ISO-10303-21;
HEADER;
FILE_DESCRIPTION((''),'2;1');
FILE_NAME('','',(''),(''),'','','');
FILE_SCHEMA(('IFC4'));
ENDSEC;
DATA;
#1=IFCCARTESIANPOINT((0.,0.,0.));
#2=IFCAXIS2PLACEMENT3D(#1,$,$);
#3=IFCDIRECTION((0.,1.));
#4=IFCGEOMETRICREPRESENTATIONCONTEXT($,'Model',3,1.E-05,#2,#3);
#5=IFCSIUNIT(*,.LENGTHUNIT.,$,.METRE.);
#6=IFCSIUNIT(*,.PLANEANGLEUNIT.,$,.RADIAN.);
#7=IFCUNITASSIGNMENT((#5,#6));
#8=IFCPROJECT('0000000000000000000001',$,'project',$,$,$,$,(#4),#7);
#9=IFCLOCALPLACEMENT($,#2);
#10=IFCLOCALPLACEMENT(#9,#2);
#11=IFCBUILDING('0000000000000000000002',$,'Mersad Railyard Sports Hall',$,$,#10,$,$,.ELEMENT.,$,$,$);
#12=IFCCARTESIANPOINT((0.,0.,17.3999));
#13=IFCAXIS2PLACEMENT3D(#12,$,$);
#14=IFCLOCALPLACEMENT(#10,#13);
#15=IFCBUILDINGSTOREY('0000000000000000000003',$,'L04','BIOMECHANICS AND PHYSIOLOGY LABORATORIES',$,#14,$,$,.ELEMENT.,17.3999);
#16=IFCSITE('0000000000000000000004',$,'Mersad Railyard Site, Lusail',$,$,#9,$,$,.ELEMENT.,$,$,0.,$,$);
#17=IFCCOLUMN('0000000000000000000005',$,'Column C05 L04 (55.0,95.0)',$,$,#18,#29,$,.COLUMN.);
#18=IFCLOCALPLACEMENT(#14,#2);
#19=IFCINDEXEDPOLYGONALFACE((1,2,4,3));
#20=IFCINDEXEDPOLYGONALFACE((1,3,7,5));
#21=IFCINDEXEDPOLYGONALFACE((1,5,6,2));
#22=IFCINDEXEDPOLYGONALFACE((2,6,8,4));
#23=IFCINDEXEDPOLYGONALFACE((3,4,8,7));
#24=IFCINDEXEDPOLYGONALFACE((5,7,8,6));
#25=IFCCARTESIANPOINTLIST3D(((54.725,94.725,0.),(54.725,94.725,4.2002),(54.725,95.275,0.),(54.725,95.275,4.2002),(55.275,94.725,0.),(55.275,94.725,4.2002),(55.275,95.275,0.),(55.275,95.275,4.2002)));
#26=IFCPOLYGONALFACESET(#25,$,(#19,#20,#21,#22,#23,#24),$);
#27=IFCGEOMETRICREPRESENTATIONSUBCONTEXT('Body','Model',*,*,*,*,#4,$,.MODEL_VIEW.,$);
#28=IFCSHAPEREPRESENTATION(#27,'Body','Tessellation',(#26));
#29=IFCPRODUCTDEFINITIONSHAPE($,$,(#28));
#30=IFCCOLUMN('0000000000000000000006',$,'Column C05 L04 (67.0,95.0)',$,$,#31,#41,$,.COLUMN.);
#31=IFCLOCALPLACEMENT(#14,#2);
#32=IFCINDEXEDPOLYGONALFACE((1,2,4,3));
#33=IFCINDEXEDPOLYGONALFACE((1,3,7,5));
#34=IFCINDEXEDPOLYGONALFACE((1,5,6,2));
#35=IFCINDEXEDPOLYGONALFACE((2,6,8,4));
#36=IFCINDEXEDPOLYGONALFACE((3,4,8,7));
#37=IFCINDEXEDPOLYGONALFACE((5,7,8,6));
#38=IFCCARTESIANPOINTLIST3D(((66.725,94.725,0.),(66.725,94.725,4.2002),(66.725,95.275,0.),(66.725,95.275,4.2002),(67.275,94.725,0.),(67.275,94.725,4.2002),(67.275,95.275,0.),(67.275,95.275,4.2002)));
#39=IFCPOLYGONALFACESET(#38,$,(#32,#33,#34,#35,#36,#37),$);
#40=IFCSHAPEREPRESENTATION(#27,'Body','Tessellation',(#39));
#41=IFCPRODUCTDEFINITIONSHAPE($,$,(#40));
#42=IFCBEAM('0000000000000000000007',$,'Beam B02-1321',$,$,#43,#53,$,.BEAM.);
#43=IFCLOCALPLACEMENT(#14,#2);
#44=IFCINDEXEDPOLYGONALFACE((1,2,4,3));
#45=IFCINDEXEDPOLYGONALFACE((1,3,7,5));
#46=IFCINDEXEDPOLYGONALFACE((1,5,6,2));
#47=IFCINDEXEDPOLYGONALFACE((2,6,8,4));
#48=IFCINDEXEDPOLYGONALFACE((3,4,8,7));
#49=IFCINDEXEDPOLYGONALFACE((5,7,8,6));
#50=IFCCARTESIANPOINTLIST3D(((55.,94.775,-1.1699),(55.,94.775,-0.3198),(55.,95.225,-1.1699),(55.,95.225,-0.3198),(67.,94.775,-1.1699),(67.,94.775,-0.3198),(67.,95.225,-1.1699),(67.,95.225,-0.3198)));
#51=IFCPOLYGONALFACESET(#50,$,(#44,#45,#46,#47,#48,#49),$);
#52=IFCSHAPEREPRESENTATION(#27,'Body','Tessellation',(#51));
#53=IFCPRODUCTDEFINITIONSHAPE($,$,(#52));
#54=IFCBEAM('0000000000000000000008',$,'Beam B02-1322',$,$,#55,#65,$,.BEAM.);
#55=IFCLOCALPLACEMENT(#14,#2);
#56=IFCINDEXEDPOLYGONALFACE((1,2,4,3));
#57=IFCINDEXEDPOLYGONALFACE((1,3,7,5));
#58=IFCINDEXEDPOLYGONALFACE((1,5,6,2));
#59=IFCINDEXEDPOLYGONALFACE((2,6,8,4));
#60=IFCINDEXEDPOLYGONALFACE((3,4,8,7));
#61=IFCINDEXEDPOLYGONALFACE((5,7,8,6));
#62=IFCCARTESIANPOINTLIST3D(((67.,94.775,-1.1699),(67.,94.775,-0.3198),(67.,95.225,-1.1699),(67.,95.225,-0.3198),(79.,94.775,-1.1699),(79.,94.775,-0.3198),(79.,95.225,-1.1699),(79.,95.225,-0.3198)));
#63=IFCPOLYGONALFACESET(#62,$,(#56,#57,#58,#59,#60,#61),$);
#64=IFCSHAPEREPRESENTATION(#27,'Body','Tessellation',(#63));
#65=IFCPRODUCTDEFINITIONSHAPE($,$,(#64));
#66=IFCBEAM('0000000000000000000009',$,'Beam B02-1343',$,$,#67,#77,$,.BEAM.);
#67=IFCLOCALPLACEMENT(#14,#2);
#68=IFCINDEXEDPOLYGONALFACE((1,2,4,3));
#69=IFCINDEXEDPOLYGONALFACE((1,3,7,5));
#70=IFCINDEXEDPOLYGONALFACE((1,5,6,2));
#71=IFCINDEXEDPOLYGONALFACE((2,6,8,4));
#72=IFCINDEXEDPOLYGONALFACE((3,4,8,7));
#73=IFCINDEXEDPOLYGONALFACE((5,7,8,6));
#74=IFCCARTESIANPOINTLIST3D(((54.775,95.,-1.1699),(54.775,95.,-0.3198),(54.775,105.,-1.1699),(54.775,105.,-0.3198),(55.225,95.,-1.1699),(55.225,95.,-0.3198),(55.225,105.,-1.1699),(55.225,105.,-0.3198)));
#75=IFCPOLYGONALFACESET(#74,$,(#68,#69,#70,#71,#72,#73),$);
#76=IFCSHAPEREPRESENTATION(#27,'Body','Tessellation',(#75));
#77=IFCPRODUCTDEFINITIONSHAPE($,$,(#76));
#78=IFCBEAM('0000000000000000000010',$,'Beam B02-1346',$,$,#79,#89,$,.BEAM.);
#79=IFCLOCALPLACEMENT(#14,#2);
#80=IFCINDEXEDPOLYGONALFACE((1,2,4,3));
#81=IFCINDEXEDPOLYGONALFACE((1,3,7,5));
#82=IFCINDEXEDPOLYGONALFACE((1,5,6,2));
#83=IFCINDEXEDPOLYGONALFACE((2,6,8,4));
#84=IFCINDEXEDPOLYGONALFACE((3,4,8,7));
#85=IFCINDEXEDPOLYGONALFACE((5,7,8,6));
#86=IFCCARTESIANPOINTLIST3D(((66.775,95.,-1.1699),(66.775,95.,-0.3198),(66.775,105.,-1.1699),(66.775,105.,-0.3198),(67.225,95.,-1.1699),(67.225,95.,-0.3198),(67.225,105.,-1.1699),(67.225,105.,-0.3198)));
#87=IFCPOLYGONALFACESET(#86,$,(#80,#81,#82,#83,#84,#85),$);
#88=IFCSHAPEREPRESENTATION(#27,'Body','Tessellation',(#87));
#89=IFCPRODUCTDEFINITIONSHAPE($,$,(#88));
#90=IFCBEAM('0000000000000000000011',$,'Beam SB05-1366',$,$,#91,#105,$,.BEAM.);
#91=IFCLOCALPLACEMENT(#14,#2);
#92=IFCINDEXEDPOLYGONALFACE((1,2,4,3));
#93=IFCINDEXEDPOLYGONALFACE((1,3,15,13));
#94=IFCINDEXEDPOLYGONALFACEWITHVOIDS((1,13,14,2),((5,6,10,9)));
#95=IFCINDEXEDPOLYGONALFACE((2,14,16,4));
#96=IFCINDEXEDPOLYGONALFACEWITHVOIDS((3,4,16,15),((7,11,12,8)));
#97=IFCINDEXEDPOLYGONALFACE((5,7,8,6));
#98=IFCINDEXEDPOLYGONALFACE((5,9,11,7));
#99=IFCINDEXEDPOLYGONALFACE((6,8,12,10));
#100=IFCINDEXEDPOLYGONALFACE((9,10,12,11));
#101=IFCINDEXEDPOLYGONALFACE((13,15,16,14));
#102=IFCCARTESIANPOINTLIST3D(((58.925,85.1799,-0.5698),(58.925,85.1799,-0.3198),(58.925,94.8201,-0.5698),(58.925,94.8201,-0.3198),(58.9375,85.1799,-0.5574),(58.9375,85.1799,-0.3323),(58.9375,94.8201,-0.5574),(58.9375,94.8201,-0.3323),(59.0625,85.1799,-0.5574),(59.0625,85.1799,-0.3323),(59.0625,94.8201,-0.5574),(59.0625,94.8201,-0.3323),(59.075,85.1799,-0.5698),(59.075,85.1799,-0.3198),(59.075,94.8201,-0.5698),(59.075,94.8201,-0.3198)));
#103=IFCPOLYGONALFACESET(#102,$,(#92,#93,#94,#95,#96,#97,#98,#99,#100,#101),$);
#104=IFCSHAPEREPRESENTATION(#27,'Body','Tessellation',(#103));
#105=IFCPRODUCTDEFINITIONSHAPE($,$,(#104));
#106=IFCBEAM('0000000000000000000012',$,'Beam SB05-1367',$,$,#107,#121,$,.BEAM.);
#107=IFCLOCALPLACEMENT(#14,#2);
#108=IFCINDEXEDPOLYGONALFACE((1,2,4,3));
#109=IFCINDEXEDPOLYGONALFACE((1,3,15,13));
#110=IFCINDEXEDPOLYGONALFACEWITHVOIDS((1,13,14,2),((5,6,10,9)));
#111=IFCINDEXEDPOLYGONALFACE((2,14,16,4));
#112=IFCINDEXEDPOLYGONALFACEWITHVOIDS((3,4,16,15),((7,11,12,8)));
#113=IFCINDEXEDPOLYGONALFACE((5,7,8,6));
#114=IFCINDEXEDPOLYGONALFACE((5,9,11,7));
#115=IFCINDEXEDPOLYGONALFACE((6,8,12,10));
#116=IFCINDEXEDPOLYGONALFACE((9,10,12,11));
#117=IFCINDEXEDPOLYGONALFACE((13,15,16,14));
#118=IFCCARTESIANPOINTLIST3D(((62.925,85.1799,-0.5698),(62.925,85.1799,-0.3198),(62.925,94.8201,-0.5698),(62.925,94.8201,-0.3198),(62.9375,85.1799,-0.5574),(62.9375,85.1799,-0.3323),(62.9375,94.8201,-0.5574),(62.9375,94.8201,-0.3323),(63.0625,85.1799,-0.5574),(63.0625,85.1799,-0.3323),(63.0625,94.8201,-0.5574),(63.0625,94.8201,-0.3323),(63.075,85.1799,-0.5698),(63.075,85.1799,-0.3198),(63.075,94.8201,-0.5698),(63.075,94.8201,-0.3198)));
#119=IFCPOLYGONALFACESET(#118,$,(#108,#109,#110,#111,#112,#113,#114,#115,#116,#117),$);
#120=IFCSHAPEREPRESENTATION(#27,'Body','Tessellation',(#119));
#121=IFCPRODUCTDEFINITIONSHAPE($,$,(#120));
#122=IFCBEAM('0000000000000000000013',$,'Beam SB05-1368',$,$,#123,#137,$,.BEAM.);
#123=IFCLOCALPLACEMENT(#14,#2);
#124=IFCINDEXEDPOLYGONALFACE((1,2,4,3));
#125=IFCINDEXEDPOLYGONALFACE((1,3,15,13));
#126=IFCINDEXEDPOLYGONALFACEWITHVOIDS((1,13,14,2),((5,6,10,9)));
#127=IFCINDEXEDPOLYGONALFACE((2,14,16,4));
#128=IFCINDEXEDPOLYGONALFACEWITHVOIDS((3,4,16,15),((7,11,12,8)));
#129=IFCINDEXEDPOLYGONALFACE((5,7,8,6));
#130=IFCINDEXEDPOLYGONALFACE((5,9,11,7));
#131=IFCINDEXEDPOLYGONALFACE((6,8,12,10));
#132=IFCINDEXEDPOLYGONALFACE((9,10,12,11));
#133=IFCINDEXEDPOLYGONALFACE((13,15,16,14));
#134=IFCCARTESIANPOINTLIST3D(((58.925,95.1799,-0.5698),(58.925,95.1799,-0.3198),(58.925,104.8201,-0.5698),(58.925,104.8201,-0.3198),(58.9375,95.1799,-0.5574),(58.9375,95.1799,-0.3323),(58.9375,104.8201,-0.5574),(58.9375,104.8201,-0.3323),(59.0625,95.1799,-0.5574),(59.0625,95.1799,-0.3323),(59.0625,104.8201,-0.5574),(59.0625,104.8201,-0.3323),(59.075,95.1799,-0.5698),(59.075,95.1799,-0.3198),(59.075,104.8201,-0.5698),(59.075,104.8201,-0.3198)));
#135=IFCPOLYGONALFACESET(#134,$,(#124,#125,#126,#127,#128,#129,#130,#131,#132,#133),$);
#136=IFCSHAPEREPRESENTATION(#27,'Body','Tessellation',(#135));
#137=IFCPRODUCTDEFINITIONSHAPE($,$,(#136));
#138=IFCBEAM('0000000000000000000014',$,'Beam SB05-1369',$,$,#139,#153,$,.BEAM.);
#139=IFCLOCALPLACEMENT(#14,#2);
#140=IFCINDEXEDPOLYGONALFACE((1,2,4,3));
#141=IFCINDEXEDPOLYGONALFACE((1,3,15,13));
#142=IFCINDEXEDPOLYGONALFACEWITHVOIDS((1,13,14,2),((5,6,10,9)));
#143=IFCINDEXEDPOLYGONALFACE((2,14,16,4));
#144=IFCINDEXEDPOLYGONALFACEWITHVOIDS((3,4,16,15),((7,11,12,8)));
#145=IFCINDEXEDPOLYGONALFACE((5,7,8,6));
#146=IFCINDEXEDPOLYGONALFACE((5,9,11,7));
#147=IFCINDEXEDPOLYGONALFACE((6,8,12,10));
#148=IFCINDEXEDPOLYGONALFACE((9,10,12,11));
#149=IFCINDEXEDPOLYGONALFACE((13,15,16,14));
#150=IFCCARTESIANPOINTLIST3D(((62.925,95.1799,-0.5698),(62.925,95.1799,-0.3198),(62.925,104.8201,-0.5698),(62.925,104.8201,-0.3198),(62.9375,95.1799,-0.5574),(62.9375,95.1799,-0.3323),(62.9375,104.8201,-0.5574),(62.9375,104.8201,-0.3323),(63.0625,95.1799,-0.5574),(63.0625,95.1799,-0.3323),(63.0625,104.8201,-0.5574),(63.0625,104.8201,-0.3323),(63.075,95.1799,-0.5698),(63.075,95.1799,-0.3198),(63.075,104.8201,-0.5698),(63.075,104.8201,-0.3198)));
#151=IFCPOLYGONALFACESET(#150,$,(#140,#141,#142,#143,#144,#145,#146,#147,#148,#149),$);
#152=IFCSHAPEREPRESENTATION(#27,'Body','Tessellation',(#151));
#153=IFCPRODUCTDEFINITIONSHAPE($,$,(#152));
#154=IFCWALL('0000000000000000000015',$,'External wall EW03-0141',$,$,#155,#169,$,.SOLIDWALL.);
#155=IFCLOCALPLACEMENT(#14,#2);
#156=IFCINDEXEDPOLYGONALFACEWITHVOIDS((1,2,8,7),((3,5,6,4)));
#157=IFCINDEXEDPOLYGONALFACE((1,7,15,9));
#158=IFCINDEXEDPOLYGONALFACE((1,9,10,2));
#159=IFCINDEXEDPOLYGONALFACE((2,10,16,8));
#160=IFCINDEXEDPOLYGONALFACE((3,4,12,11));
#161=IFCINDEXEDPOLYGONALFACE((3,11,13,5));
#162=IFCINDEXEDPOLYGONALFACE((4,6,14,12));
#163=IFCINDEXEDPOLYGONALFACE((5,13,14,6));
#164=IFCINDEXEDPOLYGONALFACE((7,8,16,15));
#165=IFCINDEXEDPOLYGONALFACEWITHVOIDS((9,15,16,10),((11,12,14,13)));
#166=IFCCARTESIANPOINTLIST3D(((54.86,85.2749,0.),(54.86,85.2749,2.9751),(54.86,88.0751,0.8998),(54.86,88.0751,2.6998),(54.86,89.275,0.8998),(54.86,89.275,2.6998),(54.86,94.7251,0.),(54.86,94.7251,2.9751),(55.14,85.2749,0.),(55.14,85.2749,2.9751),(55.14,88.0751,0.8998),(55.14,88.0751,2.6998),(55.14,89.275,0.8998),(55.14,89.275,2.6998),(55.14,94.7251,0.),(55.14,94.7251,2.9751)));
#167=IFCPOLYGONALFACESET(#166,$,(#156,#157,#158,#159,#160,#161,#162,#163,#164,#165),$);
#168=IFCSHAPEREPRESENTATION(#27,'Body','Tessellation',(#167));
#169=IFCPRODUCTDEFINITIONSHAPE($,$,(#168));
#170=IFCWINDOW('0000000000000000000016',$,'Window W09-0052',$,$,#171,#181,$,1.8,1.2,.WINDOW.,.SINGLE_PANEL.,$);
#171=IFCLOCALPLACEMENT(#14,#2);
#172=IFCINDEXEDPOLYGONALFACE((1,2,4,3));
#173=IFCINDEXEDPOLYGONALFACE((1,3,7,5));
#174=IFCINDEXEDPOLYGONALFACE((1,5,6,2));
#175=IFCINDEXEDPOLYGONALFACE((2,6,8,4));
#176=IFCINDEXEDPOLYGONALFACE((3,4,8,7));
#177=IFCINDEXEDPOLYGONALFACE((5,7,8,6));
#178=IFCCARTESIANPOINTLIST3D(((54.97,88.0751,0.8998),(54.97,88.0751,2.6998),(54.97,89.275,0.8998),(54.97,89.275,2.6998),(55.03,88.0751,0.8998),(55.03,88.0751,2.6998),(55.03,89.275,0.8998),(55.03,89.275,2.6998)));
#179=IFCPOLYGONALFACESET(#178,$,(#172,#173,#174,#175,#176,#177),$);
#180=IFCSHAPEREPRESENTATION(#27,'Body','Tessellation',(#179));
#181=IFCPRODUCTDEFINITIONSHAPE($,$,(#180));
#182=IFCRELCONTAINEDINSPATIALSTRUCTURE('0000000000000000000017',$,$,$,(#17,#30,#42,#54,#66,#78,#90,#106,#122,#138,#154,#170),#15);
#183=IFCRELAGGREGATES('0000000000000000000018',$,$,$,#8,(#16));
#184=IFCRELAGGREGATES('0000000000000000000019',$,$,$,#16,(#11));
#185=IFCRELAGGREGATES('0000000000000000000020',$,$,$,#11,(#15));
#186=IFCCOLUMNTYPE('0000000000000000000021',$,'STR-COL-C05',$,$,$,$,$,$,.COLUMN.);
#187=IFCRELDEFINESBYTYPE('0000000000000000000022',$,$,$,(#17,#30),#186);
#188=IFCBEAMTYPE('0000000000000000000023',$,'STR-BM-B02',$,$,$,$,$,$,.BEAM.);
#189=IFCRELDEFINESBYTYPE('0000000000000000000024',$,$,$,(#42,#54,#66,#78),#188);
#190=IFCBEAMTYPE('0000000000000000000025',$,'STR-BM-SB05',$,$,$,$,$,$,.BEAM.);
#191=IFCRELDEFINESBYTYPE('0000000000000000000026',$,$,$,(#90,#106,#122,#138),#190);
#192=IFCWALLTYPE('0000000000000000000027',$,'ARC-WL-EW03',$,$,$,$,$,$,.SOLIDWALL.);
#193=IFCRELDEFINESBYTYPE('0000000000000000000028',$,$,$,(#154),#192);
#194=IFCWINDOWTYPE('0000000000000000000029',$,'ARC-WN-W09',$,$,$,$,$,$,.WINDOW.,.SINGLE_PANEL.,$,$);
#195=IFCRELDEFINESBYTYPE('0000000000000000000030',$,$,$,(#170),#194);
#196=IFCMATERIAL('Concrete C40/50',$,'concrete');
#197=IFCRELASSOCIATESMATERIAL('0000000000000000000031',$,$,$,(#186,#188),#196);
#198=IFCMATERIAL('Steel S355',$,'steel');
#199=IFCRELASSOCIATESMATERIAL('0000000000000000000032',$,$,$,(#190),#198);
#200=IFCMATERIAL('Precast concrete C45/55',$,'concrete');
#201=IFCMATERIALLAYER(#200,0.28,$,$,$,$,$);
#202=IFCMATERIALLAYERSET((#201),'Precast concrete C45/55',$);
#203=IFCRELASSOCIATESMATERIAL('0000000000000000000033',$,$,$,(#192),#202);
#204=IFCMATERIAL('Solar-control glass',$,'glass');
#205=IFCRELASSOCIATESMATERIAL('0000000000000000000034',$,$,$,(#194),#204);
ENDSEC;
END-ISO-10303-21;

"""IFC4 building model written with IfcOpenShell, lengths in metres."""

from ifc_helpers import new_model, si_unit, direction, frame, frame_2d, origin, origin_2d, place, context, subcontext, project, spatial, rectangle, hollow_rectangle, extrude, material, layer, layer_set, material_profile, profile_set, type_object, element, fill, save


model = new_model("IFC4")

# Units and contexts
model_context = context("Model", 3, precision=1e-05, world=origin(), true_north=direction((0.0, 1.0)))
body_context = subcontext(model_context, "Body", "Model", "MODEL_VIEW")
ifc_project = project(units=[si_unit("LENGTHUNIT", "METRE"), si_unit("PLANEANGLEUNIT", "RADIAN")], contexts=[model_context])

# Site, building, storey
site_placement = place(None, origin())
site = spatial("IfcSite", under=ifc_project, at=site_placement, Name="Mersad Railyard Site, Lusail", CompositionType="ELEMENT", RefElevation=0.0)
building_placement = place(site_placement, origin())
building = spatial("IfcBuilding", under=site, at=building_placement, Name="Mersad Railyard Sports Hall", CompositionType="ELEMENT")
storey_placement = place(building_placement, frame((0.0, 0.0, 17.3999)))
storey = spatial("IfcBuildingStorey", under=building, at=storey_placement, Name="L04", Description="BIOMECHANICS AND PHYSIOLOGY LABORATORIES", CompositionType="ELEMENT", Elevation=17.3999)

# Columns
ifc_material_1 = material(Name="Concrete C40/50", Category="concrete")
ifc_material_profile_1 = material_profile(ifc_material_1, rectangle(XDim=0.55, YDim=0.55, at=origin_2d()), Name="RC 550x550")
ifc_profile_set_1 = profile_set([ifc_material_profile_1], Name="Concrete C40/50")
column_type = type_object("IfcColumnType", Name="STR-COL-C05", PredefinedType="COLUMN", material=ifc_profile_set_1)
for number, where, z_axis, x_axis, name in (
    (1, (55.0, 95.0, 0.0), (0.0, 0.0, 1.0), (1.0, 0.0, 0.0), "Column C05 L04 (55.0,95.0)"),
    (2, (67.0, 95.0, 0.0), (0.0, 0.0, 1.0), (1.0, 0.0, 0.0), "Column C05 L04 (67.0,95.0)"),
):
    element("IfcColumn", number, at=place(storey_placement, frame(where, z_axis=z_axis, x_axis=x_axis)), inside=storey, type_object=column_type, Name=name, PredefinedType="COLUMN", context=body_context, shape_type="SweptSolid", body=[
        extrude(rectangle(XDim=0.55, YDim=0.55, at=origin_2d()), origin(), (0.0, 0.0, 1.0), 4.2002),
    ])

# Beams
ifc_material_profile_2 = material_profile(ifc_material_1, rectangle(XDim=0.45, YDim=0.8501, at=origin_2d()), Name="RC 450x850")
ifc_profile_set_2 = profile_set([ifc_material_profile_2], Name="Concrete C40/50")
beam_type_1 = type_object("IfcBeamType", Name="STR-BM-B02", PredefinedType="BEAM", material=ifc_profile_set_2)
for number, where, z_axis, x_axis, name in (
    (3, (55.0, 95.0, -0.7449), (1.0, 0.0, 0.0), (0.0, 1.0, 0.0), "Beam B02-1321"),
    (4, (67.0, 95.0, -0.7449), (1.0, 0.0, 0.0), (0.0, 1.0, 0.0), "Beam B02-1322"),
):
    element("IfcBeam", number, at=place(storey_placement, frame(where, z_axis=z_axis, x_axis=x_axis)), inside=storey, type_object=beam_type_1, Name=name, PredefinedType="BEAM", context=body_context, shape_type="SweptSolid", body=[
        extrude(rectangle(XDim=0.45, YDim=0.8501, at=origin_2d()), origin(), (0.0, 0.0, 1.0), 12.0),
    ])
for number, where, z_axis, x_axis, name in (
    (5, (55.0, 95.0, -0.7449), (0.0, 1.0, 0.0), (-1.0, 0.0, 0.0), "Beam B02-1343"),
    (6, (67.0, 95.0, -0.7449), (0.0, 1.0, 0.0), (-1.0, 0.0, 0.0), "Beam B02-1346"),
):
    element("IfcBeam", number, at=place(storey_placement, frame(where, z_axis=z_axis, x_axis=x_axis)), inside=storey, type_object=beam_type_1, Name=name, PredefinedType="BEAM", context=body_context, shape_type="SweptSolid", body=[
        extrude(rectangle(XDim=0.45, YDim=0.8501, at=origin_2d()), origin(), (0.0, 0.0, 1.0), 10.0),
    ])
ifc_material_2 = material(Name="Steel S355", Category="steel")
ifc_material_profile_3 = material_profile(ifc_material_2, hollow_rectangle(XDim=0.1499, YDim=0.25, WallThickness=0.0125, at=origin_2d()), Name="RHS 250x150x12.5")
ifc_profile_set_3 = profile_set([ifc_material_profile_3], Name="Steel S355")
beam_type_2 = type_object("IfcBeamType", Name="STR-BM-SB05", PredefinedType="BEAM", material=ifc_profile_set_3)
for number, where, z_axis, x_axis, name in (
    (7, (59.0, 85.1799, -0.4448), (0.0, 1.0, 0.0), (-1.0, 0.0, 0.0), "Beam SB05-1366"),
    (8, (63.0, 85.1799, -0.4448), (0.0, 1.0, 0.0), (-1.0, 0.0, 0.0), "Beam SB05-1367"),
    (9, (59.0, 95.1799, -0.4448), (0.0, 1.0, 0.0), (-1.0, 0.0, 0.0), "Beam SB05-1368"),
    (10, (63.0, 95.1799, -0.4448), (0.0, 1.0, 0.0), (-1.0, 0.0, 0.0), "Beam SB05-1369"),
):
    element("IfcBeam", number, at=place(storey_placement, frame(where, z_axis=z_axis, x_axis=x_axis)), inside=storey, type_object=beam_type_2, Name=name, PredefinedType="BEAM", context=body_context, shape_type="SweptSolid", body=[
        extrude(hollow_rectangle(XDim=0.1499, YDim=0.25, WallThickness=0.0125, at=origin_2d()), origin(), (0.0, 0.0, 1.0), 9.6401),
    ])

# Wall, opening, window
ifc_material_3 = material(Name="Precast concrete C45/55", Category="concrete")
ifc_layer_1 = layer(ifc_material_3, 0.28)
ifc_layer_set_1 = layer_set([ifc_layer_1], Name="Precast concrete C45/55")
wall_type_1 = type_object("IfcWallType", Name="ARC-WL-EW03", PredefinedType="SOLIDWALL", material=ifc_layer_set_1)
wall_1_placement = place(storey_placement, frame((55.0, 85.2749, 0.0), z_axis=(0.0, 0.0, 1.0), x_axis=(0.0, 1.0, 0.0)))
wall_1 = element("IfcWall", 11, at=wall_1_placement, inside=storey, type_object=wall_type_1, Name="External wall EW03-0141", PredefinedType="SOLIDWALL", context=body_context, shape_type="SweptSolid", body=[
    extrude(rectangle(XDim=9.4502, YDim=0.28, at=frame_2d((4.7251, 0.0))), origin(), (0.0, 0.0, 1.0), 2.9751),
])
opening_1_placement = place(wall_1_placement, frame((2.8, 0.0, 0.8999)))
opening_1 = element("IfcOpeningElement", 12, at=opening_1_placement, cuts=wall_1, PredefinedType="OPENING", context=body_context, shape_type="SweptSolid", body=[
    extrude(rectangle(XDim=1.2, YDim=1.8, at=frame_2d((0.6001, 0.8999))), frame((0.0, 0.1499, 0.0), z_axis=(0.0, -1.0, 0.0), x_axis=(1.0, 0.0, 0.0)), (0.0, 0.0, 1.0), 0.3),
])
ifc_material_4 = material(Name="Solar-control glass", Category="glass")
window_type_1 = type_object("IfcWindowType", Name="ARC-WN-W09", PartitioningType="SINGLE_PANEL", PredefinedType="WINDOW", material=ifc_material_4)
window_1_placement = place(opening_1_placement, origin())
window_1 = element("IfcWindow", 13, at=window_1_placement, inside=storey, type_object=window_type_1, Name="Window W09-0052", OverallHeight=1.8, OverallWidth=1.2, PartitioningType="SINGLE_PANEL", PredefinedType="WINDOW", context=body_context, shape_type="SweptSolid", body=[
    extrude(rectangle(XDim=1.2, YDim=1.8, at=frame_2d((0.6001, 0.8999))), frame((0.0, 0.03, 0.0), z_axis=(0.0, -1.0, 0.0), x_axis=(1.0, 0.0, 0.0)), (0.0, 0.0, 1.0), 0.0601),
])
fill(opening_1, window_1)

save(model, "model.ifc")
